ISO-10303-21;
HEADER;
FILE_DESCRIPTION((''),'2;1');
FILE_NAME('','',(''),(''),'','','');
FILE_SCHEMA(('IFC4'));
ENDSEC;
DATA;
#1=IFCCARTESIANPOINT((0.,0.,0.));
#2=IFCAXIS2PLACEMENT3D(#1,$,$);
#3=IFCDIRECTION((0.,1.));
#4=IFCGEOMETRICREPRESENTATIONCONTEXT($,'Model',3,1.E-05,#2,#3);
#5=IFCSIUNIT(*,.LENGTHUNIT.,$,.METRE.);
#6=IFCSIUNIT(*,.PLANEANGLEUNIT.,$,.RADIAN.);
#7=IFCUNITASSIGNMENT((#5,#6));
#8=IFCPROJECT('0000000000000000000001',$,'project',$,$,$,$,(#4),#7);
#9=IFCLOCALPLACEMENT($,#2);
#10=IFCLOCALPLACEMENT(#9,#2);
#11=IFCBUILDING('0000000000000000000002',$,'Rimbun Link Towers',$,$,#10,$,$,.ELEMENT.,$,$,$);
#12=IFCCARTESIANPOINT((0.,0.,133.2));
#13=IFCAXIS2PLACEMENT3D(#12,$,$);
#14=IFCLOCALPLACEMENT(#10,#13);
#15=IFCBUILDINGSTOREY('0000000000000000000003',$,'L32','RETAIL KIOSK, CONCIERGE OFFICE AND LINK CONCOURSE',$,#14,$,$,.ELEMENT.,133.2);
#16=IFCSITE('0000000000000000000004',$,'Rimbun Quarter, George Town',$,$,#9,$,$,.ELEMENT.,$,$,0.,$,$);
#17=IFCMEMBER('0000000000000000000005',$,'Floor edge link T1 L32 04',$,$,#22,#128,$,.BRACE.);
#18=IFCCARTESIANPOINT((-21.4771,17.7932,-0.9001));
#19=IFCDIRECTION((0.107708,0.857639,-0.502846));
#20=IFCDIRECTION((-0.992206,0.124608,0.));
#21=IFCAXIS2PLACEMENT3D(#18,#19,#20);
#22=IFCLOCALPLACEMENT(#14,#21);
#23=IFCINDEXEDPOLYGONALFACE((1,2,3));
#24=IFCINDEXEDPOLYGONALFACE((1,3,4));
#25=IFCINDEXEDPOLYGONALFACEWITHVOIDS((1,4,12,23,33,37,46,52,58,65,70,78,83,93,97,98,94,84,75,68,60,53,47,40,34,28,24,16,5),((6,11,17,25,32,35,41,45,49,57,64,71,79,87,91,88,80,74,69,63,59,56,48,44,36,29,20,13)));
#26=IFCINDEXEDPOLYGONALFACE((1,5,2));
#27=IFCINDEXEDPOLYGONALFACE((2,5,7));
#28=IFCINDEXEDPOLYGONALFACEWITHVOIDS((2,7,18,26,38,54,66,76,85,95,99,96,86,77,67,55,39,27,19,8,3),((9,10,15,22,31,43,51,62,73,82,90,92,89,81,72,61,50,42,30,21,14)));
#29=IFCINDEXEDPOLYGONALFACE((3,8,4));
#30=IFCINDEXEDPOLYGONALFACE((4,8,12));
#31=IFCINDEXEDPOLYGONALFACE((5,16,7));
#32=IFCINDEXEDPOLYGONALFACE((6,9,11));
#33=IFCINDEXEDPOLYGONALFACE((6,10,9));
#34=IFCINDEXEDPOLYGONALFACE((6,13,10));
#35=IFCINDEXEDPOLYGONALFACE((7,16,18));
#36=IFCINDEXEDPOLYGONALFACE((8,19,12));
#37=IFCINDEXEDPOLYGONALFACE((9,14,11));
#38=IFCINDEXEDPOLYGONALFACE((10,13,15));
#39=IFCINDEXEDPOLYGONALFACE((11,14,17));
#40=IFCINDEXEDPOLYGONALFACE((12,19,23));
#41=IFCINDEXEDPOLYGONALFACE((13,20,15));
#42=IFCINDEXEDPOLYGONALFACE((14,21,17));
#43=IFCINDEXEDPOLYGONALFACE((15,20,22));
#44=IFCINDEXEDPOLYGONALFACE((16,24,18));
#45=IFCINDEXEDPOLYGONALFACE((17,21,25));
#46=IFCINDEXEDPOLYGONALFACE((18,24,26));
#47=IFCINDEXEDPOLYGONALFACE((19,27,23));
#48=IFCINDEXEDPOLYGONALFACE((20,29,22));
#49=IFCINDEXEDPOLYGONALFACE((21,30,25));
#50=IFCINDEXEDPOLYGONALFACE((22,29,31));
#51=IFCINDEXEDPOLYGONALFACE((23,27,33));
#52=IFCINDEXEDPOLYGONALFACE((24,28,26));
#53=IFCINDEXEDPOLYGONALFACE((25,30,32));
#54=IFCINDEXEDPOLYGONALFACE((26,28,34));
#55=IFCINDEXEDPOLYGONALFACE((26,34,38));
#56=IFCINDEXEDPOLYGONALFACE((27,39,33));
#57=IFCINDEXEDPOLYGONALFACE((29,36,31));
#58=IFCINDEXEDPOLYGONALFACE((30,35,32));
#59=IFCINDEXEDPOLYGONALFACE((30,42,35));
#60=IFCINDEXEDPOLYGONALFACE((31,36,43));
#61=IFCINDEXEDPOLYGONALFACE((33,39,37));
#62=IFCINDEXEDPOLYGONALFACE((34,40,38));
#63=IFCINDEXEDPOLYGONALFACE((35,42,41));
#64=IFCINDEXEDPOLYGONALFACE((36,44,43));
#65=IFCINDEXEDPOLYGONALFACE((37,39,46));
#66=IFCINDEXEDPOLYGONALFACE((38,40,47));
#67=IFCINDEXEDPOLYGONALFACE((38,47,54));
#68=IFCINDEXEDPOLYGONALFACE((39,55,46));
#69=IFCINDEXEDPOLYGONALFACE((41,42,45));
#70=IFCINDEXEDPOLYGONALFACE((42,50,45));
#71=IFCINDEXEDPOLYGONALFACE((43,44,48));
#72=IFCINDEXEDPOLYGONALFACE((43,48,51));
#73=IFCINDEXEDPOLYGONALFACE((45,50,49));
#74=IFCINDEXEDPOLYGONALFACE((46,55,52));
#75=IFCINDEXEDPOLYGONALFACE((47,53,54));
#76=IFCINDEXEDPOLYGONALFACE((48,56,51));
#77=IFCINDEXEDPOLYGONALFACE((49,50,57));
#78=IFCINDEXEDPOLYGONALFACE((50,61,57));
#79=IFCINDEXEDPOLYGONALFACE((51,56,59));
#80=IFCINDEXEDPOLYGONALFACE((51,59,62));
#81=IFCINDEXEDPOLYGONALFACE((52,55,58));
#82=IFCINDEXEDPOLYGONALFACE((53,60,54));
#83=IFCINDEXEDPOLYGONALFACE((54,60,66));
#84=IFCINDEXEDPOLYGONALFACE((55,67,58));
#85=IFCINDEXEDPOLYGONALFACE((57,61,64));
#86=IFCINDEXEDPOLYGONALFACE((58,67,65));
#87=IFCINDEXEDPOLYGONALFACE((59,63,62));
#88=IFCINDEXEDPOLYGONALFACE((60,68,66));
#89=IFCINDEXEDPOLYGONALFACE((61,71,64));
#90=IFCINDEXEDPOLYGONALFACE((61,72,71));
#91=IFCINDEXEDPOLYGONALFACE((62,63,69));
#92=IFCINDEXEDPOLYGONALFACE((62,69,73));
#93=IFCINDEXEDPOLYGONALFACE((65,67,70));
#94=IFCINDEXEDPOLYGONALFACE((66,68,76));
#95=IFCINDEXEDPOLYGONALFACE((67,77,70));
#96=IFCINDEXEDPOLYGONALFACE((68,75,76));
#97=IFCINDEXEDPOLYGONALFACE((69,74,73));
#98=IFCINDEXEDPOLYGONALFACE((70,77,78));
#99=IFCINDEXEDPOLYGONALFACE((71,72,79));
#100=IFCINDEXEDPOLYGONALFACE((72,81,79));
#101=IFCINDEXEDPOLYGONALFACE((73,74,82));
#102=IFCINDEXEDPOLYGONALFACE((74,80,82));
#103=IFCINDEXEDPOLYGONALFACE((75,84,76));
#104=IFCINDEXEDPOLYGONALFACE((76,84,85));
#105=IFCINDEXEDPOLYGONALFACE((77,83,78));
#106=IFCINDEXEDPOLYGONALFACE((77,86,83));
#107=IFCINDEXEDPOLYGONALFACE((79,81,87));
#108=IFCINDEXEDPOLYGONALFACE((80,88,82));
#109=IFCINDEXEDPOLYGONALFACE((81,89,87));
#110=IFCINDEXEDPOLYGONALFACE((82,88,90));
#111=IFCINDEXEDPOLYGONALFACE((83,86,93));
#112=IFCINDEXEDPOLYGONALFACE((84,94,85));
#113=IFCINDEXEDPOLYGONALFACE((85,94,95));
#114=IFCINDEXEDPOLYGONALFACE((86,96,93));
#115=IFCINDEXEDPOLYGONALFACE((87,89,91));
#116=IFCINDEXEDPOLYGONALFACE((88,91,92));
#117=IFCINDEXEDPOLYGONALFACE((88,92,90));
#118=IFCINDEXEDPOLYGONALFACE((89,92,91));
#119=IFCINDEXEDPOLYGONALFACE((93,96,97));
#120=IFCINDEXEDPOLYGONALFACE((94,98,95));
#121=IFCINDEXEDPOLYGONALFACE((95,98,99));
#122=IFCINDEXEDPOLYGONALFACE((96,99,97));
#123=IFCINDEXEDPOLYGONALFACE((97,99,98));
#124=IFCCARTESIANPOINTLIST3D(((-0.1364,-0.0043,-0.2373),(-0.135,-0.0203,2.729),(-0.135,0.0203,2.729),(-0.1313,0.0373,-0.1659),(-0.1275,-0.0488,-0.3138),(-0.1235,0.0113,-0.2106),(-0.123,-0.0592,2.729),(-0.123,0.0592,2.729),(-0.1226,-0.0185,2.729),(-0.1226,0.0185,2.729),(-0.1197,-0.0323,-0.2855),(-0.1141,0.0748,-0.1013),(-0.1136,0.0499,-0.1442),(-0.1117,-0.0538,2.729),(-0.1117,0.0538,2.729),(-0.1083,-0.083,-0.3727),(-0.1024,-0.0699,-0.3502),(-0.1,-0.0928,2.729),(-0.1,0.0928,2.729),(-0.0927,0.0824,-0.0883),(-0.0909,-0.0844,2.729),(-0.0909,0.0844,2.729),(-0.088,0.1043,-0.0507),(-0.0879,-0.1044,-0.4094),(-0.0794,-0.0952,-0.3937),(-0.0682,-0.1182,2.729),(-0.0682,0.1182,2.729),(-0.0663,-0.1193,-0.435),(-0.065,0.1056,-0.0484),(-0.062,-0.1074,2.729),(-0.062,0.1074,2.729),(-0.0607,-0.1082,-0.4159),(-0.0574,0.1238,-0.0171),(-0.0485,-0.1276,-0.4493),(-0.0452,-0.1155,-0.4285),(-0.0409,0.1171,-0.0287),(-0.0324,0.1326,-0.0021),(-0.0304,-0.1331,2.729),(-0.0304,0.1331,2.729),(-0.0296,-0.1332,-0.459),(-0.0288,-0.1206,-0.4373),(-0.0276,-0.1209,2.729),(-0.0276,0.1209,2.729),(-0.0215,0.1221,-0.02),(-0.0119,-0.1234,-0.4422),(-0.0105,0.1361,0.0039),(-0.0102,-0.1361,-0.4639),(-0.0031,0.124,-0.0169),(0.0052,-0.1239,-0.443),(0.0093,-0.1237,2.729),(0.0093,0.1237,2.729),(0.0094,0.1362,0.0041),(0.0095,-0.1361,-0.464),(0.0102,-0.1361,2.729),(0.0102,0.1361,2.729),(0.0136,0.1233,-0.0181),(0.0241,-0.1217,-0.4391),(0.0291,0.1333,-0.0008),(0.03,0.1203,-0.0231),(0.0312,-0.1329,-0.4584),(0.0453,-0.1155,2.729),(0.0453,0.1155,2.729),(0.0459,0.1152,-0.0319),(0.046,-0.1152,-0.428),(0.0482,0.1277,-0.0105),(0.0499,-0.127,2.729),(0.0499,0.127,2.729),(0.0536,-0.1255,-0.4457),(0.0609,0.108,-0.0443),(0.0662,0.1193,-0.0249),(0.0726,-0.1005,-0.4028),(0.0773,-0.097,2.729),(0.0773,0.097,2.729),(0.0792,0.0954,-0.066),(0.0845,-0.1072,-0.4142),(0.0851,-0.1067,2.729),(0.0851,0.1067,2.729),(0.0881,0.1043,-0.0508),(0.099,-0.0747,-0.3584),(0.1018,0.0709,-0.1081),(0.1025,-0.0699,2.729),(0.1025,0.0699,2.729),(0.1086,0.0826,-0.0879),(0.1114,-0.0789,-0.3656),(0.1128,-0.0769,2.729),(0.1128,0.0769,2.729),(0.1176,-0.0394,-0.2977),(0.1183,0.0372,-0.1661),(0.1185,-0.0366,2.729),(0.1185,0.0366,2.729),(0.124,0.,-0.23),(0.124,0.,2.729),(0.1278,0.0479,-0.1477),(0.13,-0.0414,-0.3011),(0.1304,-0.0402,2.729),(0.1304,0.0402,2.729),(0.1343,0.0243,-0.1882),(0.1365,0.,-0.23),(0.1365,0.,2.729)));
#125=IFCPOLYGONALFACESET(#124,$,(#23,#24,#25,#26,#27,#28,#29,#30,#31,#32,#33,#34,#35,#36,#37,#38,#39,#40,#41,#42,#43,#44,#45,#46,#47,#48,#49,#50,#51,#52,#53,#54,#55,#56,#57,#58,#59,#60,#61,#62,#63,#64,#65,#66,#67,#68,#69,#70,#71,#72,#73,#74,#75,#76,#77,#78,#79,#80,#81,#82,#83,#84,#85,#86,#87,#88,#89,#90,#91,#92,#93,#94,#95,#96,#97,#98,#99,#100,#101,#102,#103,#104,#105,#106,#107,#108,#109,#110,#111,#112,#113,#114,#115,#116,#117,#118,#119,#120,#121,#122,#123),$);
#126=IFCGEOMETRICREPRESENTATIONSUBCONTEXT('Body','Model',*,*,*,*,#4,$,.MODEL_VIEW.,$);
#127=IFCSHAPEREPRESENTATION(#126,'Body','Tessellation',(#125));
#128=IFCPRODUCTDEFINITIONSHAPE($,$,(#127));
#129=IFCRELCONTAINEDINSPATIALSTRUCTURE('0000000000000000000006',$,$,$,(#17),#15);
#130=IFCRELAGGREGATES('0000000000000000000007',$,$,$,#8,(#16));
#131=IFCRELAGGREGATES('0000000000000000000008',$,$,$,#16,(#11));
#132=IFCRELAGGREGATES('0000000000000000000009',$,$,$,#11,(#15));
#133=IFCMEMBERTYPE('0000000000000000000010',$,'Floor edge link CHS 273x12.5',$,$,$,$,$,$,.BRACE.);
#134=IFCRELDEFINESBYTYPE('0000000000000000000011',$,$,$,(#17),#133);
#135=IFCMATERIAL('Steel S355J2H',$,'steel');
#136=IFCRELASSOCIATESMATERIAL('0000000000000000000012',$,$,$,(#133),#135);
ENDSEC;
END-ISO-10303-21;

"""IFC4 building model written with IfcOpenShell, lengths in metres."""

from ifc_helpers import new_model, si_unit, direction, frame, origin, origin_2d, place, context, subcontext, project, spatial, hollow_circle, extrude, clip, halfspace, material, material_profile, profile_set, type_object, element, save


model = new_model("IFC4")

# Units and contexts
model_context = context("Model", 3, precision=1e-05, world=origin(), true_north=direction((0.0, 1.0)))
body_context = subcontext(model_context, "Body", "Model", "MODEL_VIEW")
ifc_project = project(units=[si_unit("LENGTHUNIT", "METRE"), si_unit("PLANEANGLEUNIT", "RADIAN")], contexts=[model_context])

# Site, building, storey
site_placement = place(None, origin())
site = spatial("IfcSite", under=ifc_project, at=site_placement, Name="Rimbun Quarter, George Town", CompositionType="ELEMENT", RefElevation=0.0)
building_placement = place(site_placement, origin())
building = spatial("IfcBuilding", under=site, at=building_placement, Name="Rimbun Link Towers", CompositionType="ELEMENT")
storey_placement = place(building_placement, frame((0.0, 0.0, 133.2)))
storey = spatial("IfcBuildingStorey", under=building, at=storey_placement, Name="L32", Description="RETAIL KIOSK, CONCIERGE OFFICE AND LINK CONCOURSE", CompositionType="ELEMENT", Elevation=133.2)

# Member
ifc_material_1 = material(Name="Steel S355J2H", Category="steel")
ifc_material_profile_1 = material_profile(ifc_material_1, hollow_circle(Radius=0.1365, WallThickness=0.0125, at=origin_2d()), Name="CHS 273x12.5")
ifc_profile_set_1 = profile_set([ifc_material_profile_1], Name="Steel S355J2H")
member_type_1 = type_object("IfcMemberType", Name="Floor edge link CHS 273x12.5", PredefinedType="BRACE", material=ifc_profile_set_1)
member_1_placement = place(storey_placement, frame((-21.4771, 17.7932, -0.9001), z_axis=(0.107708, 0.857639, -0.502846), x_axis=(-0.992206, 0.124608, 0.0)))
element("IfcMember", 1, at=member_1_placement, inside=storey, type_object=member_type_1, Name="Floor edge link T1 L32 04", PredefinedType="BRACE", context=body_context, shape_type="Clipping", body=[
    clip(extrude(hollow_circle(Radius=0.1365, WallThickness=0.0125, at=origin_2d()), frame((0.0, 0.0, -0.4893)), (0.0, 0.0, 1.0), 3.2183), halfspace(frame((0.0, 0.0, -0.23), z_axis=(0.0, 0.864376, -0.502846)), False)),
])

save(model, "model.ifc")
